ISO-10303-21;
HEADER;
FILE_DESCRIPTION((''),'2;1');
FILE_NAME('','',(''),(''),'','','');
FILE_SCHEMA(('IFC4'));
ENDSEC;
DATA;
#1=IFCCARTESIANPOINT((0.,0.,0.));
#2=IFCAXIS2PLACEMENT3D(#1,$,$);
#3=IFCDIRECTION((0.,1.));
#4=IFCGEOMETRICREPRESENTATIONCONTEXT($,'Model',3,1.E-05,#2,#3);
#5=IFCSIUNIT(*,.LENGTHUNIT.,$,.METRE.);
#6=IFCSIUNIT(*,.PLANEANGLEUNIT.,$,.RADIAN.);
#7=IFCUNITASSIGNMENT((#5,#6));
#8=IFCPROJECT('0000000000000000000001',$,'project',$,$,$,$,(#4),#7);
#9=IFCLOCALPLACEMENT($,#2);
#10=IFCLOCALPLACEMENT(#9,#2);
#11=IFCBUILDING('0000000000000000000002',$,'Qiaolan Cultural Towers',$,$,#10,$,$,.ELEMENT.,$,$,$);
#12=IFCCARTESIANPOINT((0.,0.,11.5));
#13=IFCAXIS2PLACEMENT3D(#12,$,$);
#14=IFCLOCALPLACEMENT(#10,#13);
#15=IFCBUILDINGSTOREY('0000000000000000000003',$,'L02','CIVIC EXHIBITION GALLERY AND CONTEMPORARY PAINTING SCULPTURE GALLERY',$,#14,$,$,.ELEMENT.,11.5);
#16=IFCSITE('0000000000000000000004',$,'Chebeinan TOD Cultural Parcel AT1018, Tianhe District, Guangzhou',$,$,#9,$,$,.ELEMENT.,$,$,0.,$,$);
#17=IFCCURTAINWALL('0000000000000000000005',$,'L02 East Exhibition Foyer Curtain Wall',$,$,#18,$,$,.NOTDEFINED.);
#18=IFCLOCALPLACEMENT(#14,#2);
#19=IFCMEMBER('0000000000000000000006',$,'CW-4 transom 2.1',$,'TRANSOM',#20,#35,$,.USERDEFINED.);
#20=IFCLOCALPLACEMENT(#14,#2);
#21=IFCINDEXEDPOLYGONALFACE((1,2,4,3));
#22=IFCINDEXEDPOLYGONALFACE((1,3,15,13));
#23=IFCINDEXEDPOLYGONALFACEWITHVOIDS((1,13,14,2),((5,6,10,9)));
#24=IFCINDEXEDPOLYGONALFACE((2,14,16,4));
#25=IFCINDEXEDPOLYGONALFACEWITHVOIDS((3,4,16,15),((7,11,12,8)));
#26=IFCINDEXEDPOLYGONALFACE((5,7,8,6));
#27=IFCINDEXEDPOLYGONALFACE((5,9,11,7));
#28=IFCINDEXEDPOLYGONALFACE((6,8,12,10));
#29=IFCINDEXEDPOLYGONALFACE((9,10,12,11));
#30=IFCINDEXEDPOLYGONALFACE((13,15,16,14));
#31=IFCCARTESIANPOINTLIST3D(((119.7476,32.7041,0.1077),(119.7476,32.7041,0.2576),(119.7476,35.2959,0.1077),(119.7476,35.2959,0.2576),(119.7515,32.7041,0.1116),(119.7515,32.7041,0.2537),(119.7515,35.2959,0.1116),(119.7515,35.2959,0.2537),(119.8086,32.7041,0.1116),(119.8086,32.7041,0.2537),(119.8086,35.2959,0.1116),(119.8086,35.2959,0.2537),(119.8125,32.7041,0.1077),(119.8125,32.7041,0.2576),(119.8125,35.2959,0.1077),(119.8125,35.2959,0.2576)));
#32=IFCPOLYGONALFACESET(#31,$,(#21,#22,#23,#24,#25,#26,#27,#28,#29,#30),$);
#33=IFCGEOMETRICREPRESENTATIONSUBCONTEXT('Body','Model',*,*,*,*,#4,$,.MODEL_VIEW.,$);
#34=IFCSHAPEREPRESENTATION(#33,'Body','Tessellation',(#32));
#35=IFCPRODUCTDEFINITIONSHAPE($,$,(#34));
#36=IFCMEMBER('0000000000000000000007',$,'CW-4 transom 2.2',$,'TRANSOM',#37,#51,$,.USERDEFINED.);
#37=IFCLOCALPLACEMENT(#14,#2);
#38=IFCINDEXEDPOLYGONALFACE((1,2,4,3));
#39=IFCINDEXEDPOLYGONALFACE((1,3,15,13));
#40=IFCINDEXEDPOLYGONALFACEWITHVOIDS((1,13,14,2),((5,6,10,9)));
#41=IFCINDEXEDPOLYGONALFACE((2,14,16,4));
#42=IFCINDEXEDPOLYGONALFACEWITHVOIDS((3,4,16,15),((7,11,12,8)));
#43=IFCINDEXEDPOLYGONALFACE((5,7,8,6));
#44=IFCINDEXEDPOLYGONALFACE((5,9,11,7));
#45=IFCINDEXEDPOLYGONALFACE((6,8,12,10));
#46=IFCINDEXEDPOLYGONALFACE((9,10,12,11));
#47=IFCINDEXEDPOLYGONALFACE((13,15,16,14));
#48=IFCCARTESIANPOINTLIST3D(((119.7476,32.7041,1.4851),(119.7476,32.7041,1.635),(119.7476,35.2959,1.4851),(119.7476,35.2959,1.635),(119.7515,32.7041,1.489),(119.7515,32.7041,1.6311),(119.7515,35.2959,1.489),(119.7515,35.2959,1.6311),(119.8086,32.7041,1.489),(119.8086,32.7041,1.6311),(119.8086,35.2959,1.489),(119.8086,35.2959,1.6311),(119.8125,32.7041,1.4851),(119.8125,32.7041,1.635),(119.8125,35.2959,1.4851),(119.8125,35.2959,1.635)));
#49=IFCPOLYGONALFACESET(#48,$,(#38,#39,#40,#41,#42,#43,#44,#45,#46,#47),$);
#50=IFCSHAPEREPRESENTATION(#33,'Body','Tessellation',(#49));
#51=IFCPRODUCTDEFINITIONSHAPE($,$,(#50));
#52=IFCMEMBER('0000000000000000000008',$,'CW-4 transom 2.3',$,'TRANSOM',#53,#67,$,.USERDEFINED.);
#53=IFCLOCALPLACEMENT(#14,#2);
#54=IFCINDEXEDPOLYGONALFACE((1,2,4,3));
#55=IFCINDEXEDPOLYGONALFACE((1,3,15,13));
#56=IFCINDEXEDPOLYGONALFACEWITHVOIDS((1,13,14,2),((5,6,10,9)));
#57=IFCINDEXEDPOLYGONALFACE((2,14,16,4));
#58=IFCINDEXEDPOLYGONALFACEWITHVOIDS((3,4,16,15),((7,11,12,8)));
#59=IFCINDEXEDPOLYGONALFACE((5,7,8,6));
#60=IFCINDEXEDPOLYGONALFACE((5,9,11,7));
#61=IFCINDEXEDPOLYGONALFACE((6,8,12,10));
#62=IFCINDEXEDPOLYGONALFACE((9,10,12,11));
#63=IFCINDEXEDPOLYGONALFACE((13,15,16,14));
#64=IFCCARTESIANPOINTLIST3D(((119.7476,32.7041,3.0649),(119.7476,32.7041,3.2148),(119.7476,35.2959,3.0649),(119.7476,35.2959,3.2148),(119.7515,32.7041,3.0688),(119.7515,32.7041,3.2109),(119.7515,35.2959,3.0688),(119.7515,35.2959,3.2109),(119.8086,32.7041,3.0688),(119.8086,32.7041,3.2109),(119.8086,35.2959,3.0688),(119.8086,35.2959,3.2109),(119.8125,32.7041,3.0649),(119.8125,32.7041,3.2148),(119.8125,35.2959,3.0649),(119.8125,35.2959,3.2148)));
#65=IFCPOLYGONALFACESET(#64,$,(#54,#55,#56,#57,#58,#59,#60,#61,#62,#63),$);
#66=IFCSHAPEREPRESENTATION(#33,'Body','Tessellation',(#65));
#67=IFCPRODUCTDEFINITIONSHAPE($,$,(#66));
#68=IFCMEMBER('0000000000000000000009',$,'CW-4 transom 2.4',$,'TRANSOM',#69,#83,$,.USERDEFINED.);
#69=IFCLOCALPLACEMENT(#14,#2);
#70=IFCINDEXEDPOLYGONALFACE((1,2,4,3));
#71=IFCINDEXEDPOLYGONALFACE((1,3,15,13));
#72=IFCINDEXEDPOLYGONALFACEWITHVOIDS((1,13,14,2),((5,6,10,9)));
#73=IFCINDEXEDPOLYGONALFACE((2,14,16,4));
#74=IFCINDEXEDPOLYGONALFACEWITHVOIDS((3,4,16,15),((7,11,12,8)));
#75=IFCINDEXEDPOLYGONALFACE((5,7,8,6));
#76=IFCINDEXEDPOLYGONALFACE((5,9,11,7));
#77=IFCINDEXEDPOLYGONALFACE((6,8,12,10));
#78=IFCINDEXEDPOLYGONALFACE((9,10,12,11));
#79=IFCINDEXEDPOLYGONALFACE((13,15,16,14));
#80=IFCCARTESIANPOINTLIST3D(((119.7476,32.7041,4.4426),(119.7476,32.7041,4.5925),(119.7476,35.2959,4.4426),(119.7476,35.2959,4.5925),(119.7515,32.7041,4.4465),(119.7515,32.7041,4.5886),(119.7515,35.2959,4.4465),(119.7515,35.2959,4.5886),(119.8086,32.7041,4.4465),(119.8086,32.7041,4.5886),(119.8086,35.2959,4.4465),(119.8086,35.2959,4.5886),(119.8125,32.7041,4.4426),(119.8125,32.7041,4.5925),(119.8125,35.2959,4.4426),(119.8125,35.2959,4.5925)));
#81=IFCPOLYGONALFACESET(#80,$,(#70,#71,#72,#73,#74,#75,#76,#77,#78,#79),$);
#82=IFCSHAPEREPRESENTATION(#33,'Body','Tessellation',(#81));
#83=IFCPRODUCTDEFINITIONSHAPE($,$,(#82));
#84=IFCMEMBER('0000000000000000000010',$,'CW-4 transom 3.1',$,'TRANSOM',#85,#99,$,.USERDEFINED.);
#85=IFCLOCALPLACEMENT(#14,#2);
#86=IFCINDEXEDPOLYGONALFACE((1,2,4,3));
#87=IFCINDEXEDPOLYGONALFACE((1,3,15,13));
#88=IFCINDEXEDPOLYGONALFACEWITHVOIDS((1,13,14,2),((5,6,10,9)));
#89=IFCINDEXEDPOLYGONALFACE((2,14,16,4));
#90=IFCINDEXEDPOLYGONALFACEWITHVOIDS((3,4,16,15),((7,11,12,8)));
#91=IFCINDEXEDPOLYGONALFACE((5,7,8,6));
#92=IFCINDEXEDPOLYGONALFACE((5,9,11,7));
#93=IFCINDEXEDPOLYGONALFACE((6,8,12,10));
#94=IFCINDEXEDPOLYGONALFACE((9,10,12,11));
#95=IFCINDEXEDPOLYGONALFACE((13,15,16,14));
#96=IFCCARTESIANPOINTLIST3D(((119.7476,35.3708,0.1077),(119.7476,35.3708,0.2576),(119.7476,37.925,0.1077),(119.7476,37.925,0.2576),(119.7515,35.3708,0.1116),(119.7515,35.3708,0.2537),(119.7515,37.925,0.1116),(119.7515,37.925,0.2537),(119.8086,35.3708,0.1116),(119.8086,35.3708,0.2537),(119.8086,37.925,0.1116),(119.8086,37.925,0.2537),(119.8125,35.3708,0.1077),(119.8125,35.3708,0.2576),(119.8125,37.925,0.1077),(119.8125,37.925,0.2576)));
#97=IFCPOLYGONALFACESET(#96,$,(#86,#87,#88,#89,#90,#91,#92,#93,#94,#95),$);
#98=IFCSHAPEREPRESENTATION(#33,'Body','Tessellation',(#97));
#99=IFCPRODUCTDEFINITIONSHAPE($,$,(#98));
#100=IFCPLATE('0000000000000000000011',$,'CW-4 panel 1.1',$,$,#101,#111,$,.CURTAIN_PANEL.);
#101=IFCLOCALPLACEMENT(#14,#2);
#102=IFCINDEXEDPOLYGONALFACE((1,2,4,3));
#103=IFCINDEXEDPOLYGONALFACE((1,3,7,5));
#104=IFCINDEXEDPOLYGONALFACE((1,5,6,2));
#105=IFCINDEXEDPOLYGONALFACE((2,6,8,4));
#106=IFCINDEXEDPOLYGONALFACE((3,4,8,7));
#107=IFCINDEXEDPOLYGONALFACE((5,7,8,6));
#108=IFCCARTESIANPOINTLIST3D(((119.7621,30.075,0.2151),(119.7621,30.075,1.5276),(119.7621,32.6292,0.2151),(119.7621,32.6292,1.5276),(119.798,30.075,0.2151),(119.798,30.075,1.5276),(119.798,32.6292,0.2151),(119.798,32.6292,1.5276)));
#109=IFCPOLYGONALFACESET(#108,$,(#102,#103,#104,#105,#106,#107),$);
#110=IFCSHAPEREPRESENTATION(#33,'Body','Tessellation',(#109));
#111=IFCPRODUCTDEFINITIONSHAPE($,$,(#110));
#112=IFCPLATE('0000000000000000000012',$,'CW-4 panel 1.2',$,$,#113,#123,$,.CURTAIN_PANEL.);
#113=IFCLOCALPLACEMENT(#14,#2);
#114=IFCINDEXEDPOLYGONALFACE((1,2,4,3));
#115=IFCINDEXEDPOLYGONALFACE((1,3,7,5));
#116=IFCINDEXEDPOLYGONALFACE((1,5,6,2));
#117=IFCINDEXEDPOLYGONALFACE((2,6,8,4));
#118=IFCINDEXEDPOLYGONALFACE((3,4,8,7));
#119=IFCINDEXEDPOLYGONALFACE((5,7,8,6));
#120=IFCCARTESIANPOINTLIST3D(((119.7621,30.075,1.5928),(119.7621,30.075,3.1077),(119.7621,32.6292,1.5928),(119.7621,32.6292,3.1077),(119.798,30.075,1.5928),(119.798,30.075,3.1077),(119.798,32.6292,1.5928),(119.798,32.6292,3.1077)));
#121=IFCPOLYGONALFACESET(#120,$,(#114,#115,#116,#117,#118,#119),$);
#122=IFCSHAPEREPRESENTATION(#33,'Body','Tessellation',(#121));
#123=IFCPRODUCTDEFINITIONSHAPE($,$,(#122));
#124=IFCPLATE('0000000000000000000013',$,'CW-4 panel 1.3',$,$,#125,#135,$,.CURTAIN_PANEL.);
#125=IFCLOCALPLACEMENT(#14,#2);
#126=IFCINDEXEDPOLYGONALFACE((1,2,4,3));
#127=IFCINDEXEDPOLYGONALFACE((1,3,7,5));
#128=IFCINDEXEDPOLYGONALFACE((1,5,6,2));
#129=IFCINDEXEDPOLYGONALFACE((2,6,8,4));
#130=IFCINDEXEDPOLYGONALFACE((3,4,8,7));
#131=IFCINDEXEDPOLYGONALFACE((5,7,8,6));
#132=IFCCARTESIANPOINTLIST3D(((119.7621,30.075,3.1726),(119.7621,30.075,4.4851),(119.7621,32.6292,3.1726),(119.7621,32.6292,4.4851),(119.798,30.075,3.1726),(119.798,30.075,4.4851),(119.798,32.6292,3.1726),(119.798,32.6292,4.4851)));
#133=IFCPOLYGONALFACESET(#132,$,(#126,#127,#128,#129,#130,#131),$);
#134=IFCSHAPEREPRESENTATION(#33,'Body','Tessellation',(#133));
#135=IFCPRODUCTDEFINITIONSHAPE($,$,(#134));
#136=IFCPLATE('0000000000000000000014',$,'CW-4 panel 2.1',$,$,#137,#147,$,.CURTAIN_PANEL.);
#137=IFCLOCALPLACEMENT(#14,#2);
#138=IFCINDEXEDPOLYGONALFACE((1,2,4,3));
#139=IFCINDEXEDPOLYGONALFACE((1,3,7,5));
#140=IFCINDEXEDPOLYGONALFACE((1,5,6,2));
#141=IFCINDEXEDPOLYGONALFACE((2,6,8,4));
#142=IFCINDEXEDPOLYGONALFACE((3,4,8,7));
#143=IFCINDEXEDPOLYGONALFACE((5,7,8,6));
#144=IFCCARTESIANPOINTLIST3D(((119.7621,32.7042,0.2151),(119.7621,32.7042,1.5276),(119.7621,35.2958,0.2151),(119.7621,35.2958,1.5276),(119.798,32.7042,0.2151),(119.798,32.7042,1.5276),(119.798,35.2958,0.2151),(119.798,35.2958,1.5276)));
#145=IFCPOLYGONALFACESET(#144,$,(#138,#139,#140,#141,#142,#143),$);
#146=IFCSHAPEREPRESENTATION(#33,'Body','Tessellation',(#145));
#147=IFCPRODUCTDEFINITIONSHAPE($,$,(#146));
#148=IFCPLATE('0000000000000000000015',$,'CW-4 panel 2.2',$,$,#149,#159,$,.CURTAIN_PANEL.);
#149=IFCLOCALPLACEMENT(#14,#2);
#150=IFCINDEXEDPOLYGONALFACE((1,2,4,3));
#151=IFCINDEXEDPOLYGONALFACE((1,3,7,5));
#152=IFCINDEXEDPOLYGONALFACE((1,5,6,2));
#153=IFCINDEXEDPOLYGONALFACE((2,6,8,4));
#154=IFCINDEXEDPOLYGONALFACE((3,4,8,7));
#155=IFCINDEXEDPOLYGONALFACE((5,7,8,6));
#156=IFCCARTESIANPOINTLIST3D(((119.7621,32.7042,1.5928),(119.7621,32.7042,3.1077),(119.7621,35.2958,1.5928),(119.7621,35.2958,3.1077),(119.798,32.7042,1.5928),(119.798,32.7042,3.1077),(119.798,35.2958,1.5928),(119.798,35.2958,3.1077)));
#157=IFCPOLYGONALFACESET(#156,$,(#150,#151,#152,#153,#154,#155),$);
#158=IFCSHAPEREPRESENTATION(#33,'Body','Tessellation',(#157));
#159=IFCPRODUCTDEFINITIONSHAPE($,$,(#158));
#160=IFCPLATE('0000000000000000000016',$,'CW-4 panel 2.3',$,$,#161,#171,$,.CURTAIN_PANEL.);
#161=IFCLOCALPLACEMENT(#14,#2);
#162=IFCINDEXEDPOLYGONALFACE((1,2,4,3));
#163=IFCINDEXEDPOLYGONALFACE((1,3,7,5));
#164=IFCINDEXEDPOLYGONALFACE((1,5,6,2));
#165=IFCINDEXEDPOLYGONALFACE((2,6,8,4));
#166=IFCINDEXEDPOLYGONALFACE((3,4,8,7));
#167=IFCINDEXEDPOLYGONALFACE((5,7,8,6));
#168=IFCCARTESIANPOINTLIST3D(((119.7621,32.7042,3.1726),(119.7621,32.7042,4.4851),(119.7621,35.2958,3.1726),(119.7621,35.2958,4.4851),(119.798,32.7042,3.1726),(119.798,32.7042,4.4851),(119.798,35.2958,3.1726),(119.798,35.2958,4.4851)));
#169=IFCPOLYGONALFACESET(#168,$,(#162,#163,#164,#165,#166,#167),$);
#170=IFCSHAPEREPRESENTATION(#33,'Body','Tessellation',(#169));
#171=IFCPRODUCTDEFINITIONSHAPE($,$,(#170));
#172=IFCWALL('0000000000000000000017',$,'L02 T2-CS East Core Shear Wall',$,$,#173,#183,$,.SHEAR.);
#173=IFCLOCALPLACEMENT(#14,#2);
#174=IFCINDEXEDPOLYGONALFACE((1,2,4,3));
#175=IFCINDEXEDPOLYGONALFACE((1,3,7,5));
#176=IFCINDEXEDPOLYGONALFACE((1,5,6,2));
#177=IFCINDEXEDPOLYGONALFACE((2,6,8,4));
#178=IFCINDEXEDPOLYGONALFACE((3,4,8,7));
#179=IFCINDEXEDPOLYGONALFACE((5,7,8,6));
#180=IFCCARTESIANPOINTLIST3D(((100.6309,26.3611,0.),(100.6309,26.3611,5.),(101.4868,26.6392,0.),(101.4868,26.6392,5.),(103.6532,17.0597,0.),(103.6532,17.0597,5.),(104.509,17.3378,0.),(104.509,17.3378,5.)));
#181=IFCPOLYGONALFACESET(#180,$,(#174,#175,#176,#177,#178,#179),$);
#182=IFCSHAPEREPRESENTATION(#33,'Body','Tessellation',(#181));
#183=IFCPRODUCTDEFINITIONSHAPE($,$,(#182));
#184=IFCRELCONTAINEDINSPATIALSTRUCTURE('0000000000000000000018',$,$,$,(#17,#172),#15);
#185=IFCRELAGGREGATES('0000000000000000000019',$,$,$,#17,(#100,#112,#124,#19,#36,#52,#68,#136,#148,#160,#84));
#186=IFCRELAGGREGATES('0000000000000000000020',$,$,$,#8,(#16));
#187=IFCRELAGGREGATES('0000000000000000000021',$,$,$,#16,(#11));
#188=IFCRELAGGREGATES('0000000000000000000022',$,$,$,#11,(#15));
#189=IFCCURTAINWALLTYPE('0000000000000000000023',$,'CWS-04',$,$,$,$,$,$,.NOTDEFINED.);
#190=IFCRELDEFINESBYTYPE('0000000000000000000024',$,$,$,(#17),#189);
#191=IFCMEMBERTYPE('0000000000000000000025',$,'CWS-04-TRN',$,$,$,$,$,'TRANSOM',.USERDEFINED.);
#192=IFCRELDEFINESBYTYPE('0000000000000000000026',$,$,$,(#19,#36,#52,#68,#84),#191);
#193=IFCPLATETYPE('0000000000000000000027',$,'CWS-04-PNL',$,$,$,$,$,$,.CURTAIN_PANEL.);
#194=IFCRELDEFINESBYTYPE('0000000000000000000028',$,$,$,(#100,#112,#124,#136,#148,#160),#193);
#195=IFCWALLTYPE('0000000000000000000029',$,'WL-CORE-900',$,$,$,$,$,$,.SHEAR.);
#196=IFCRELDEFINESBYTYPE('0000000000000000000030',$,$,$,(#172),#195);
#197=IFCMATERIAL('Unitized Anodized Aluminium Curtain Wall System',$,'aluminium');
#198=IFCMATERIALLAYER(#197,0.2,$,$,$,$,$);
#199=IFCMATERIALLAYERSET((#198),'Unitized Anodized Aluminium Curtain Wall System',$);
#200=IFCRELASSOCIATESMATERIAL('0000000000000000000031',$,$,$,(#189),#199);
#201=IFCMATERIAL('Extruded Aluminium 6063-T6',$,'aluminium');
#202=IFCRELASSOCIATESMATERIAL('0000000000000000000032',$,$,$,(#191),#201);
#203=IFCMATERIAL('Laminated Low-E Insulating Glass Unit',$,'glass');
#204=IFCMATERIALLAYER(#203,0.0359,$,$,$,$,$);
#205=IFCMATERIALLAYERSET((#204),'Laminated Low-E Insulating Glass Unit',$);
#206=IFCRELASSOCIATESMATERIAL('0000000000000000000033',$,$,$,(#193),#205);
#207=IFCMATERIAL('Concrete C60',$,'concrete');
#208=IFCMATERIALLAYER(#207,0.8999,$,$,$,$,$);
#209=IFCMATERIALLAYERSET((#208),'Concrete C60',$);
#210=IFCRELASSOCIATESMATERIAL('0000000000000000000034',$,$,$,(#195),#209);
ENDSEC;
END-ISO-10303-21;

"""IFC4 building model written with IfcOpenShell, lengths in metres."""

from ifc_helpers import new_model, si_unit, direction, frame, frame_2d, origin, origin_2d, place, context, subcontext, project, spatial, rectangle, hollow_rectangle, extrude, material, layer, layer_set, material_profile, profile_set, type_object, element, aggregate, save


model = new_model("IFC4")

# Units and contexts
model_context = context("Model", 3, precision=1e-05, world=origin(), true_north=direction((0.0, 1.0)))
body_context = subcontext(model_context, "Body", "Model", "MODEL_VIEW")
ifc_project = project(units=[si_unit("LENGTHUNIT", "METRE"), si_unit("PLANEANGLEUNIT", "RADIAN")], contexts=[model_context])

# Site, building, storey
site_placement = place(None, origin())
site = spatial("IfcSite", under=ifc_project, at=site_placement, Name="Chebeinan TOD Cultural Parcel AT1018, Tianhe District, Guangzhou", CompositionType="ELEMENT", RefElevation=0.0)
building_placement = place(site_placement, origin())
building = spatial("IfcBuilding", under=site, at=building_placement, Name="Qiaolan Cultural Towers", CompositionType="ELEMENT")
storey_placement = place(building_placement, frame((0.0, 0.0, 11.5)))
storey = spatial("IfcBuildingStorey", under=building, at=storey_placement, Name="L02", Description="CIVIC EXHIBITION GALLERY AND CONTEMPORARY PAINTING SCULPTURE GALLERY", CompositionType="ELEMENT", Elevation=11.5)

# Curtain wall, members, plates
ifc_material_1 = material(Name="Unitized Anodized Aluminium Curtain Wall System", Category="aluminium")
ifc_layer_1 = layer(ifc_material_1, 0.2)
ifc_layer_set_1 = layer_set([ifc_layer_1], Name="Unitized Anodized Aluminium Curtain Wall System")
curtain_wall_type = type_object("IfcCurtainWallType", Name="CWS-04", PredefinedType="NOTDEFINED", material=ifc_layer_set_1)
curtain_wall_placement = place(storey_placement, origin())
curtain_wall = element("IfcCurtainWall", 1, at=curtain_wall_placement, inside=storey, type_object=curtain_wall_type, Name="L02 East Exhibition Foyer Curtain Wall", PredefinedType="NOTDEFINED")
ifc_material_2 = material(Name="Extruded Aluminium 6063-T6", Category="aluminium")
ifc_material_profile_1 = material_profile(ifc_material_2, hollow_rectangle(XDim=0.0649, YDim=0.1499, WallThickness=0.0039, at=origin_2d()), Name="CWT-150x65x4")
ifc_profile_set_1 = profile_set([ifc_material_profile_1], Name="Extruded Aluminium 6063-T6")
member_type_1 = type_object("IfcMemberType", Name="CWS-04-TRN", ElementType="TRANSOM", PredefinedType="USERDEFINED", material=ifc_profile_set_1)
member_1_placement = place(storey_placement, frame((119.78, 32.7041, 0.1826), z_axis=(0.0, 1.0, 0.0), x_axis=(-1.0, 0.0, 0.0)))
member_1 = element("IfcMember", 2, at=member_1_placement, type_object=member_type_1, Name="CW-4 transom 2.1", ObjectType="TRANSOM", PredefinedType="USERDEFINED", context=body_context, shape_type="SweptSolid", body=[
    extrude(hollow_rectangle(XDim=0.0649, YDim=0.1499, WallThickness=0.0039, at=origin_2d()), origin(), (0.0, 0.0, 1.0), 2.5918),
])
member_2_placement = place(storey_placement, frame((119.78, 32.7041, 1.5601), z_axis=(0.0, 1.0, 0.0), x_axis=(-1.0, 0.0, 0.0)))
member_2 = element("IfcMember", 3, at=member_2_placement, type_object=member_type_1, Name="CW-4 transom 2.2", ObjectType="TRANSOM", PredefinedType="USERDEFINED", context=body_context, shape_type="SweptSolid", body=[
    extrude(hollow_rectangle(XDim=0.0649, YDim=0.1499, WallThickness=0.0039, at=origin_2d()), origin(), (0.0, 0.0, 1.0), 2.5918),
])
member_3_placement = place(storey_placement, frame((119.78, 32.7041, 3.1399), z_axis=(0.0, 1.0, 0.0), x_axis=(-1.0, 0.0, 0.0)))
member_3 = element("IfcMember", 4, at=member_3_placement, type_object=member_type_1, Name="CW-4 transom 2.3", ObjectType="TRANSOM", PredefinedType="USERDEFINED", context=body_context, shape_type="SweptSolid", body=[
    extrude(hollow_rectangle(XDim=0.0649, YDim=0.1499, WallThickness=0.0039, at=origin_2d()), origin(), (0.0, 0.0, 1.0), 2.5918),
])
member_4_placement = place(storey_placement, frame((119.78, 32.7041, 4.5176), z_axis=(0.0, 1.0, 0.0), x_axis=(-1.0, 0.0, 0.0)))
member_4 = element("IfcMember", 5, at=member_4_placement, type_object=member_type_1, Name="CW-4 transom 2.4", ObjectType="TRANSOM", PredefinedType="USERDEFINED", context=body_context, shape_type="SweptSolid", body=[
    extrude(hollow_rectangle(XDim=0.0649, YDim=0.1499, WallThickness=0.0039, at=origin_2d()), origin(), (0.0, 0.0, 1.0), 2.5918),
])
member_5_placement = place(storey_placement, frame((119.78, 35.3708, 0.1826), z_axis=(0.0, 1.0, 0.0), x_axis=(-1.0, 0.0, 0.0)))
member_5 = element("IfcMember", 6, at=member_5_placement, type_object=member_type_1, Name="CW-4 transom 3.1", ObjectType="TRANSOM", PredefinedType="USERDEFINED", context=body_context, shape_type="SweptSolid", body=[
    extrude(hollow_rectangle(XDim=0.0649, YDim=0.1499, WallThickness=0.0039, at=origin_2d()), origin(), (0.0, 0.0, 1.0), 2.5542),
])
ifc_material_3 = material(Name="Laminated Low-E Insulating Glass Unit", Category="glass")
ifc_layer_2 = layer(ifc_material_3, 0.0359)
ifc_layer_set_2 = layer_set([ifc_layer_2], Name="Laminated Low-E Insulating Glass Unit")
plate_type = type_object("IfcPlateType", Name="CWS-04-PNL", PredefinedType="CURTAIN_PANEL", material=ifc_layer_set_2)
plate_1_placement = place(storey_placement, frame((119.78, 31.3521, 0.2151), z_axis=(0.0, 0.0, 1.0), x_axis=(0.0, 1.0, 0.0)))
plate_1 = element("IfcPlate", 7, at=plate_1_placement, type_object=plate_type, Name="CW-4 panel 1.1", PredefinedType="CURTAIN_PANEL", context=body_context, shape_type="SweptSolid", body=[
    extrude(rectangle(XDim=2.5542, YDim=0.0359, at=origin_2d()), origin(), (0.0, 0.0, 1.0), 1.3125),
])
plate_2_placement = place(storey_placement, frame((119.78, 31.3521, 1.5928), z_axis=(0.0, 0.0, 1.0), x_axis=(0.0, 1.0, 0.0)))
plate_2 = element("IfcPlate", 8, at=plate_2_placement, type_object=plate_type, Name="CW-4 panel 1.2", PredefinedType="CURTAIN_PANEL", context=body_context, shape_type="SweptSolid", body=[
    extrude(rectangle(XDim=2.5542, YDim=0.0359, at=origin_2d()), origin(), (0.0, 0.0, 1.0), 1.5149),
])
plate_3_placement = place(storey_placement, frame((119.78, 31.3521, 3.1726), z_axis=(0.0, 0.0, 1.0), x_axis=(0.0, 1.0, 0.0)))
plate_3 = element("IfcPlate", 9, at=plate_3_placement, type_object=plate_type, Name="CW-4 panel 1.3", PredefinedType="CURTAIN_PANEL", context=body_context, shape_type="SweptSolid", body=[
    extrude(rectangle(XDim=2.5542, YDim=0.0359, at=origin_2d()), origin(), (0.0, 0.0, 1.0), 1.3125),
])
plate_4_placement = place(storey_placement, frame((119.78, 34.0, 0.2151), z_axis=(0.0, 0.0, 1.0), x_axis=(0.0, 1.0, 0.0)))
plate_4 = element("IfcPlate", 10, at=plate_4_placement, type_object=plate_type, Name="CW-4 panel 2.1", PredefinedType="CURTAIN_PANEL", context=body_context, shape_type="SweptSolid", body=[
    extrude(rectangle(XDim=2.5916, YDim=0.0359, at=origin_2d()), origin(), (0.0, 0.0, 1.0), 1.3125),
])
plate_5_placement = place(storey_placement, frame((119.78, 34.0, 1.5928), z_axis=(0.0, 0.0, 1.0), x_axis=(0.0, 1.0, 0.0)))
plate_5 = element("IfcPlate", 11, at=plate_5_placement, type_object=plate_type, Name="CW-4 panel 2.2", PredefinedType="CURTAIN_PANEL", context=body_context, shape_type="SweptSolid", body=[
    extrude(rectangle(XDim=2.5916, YDim=0.0359, at=origin_2d()), origin(), (0.0, 0.0, 1.0), 1.5149),
])
plate_6_placement = place(storey_placement, frame((119.78, 34.0, 3.1726), z_axis=(0.0, 0.0, 1.0), x_axis=(0.0, 1.0, 0.0)))
plate_6 = element("IfcPlate", 12, at=plate_6_placement, type_object=plate_type, Name="CW-4 panel 2.3", PredefinedType="CURTAIN_PANEL", context=body_context, shape_type="SweptSolid", body=[
    extrude(rectangle(XDim=2.5916, YDim=0.0359, at=origin_2d()), origin(), (0.0, 0.0, 1.0), 1.3125),
])
aggregate(curtain_wall, [plate_1, plate_2, plate_3, member_1, member_2, member_3, member_4, plate_4, plate_5, plate_6, member_5])

# Wall
ifc_material_4 = material(Name="Concrete C60", Category="concrete")
ifc_layer_3 = layer(ifc_material_4, 0.8999)
ifc_layer_set_3 = layer_set([ifc_layer_3], Name="Concrete C60")
wall_type_1 = type_object("IfcWallType", Name="WL-CORE-900", PredefinedType="SHEAR", material=ifc_layer_set_3)
wall_1_placement = place(storey_placement, frame((101.0588, 26.5002, 0.0), z_axis=(0.0, 0.0, 1.0), x_axis=(0.309022, -0.951055, 0.0)))
element("IfcWall", 13, at=wall_1_placement, inside=storey, type_object=wall_type_1, Name="L02 T2-CS East Core Shear Wall", PredefinedType="SHEAR", context=body_context, shape_type="SweptSolid", body=[
    extrude(rectangle(XDim=9.78, YDim=0.8999, at=frame_2d((4.8901, 0.0))), origin(), (0.0, 0.0, 1.0), 5.0),
])

save(model, "model.ifc")
